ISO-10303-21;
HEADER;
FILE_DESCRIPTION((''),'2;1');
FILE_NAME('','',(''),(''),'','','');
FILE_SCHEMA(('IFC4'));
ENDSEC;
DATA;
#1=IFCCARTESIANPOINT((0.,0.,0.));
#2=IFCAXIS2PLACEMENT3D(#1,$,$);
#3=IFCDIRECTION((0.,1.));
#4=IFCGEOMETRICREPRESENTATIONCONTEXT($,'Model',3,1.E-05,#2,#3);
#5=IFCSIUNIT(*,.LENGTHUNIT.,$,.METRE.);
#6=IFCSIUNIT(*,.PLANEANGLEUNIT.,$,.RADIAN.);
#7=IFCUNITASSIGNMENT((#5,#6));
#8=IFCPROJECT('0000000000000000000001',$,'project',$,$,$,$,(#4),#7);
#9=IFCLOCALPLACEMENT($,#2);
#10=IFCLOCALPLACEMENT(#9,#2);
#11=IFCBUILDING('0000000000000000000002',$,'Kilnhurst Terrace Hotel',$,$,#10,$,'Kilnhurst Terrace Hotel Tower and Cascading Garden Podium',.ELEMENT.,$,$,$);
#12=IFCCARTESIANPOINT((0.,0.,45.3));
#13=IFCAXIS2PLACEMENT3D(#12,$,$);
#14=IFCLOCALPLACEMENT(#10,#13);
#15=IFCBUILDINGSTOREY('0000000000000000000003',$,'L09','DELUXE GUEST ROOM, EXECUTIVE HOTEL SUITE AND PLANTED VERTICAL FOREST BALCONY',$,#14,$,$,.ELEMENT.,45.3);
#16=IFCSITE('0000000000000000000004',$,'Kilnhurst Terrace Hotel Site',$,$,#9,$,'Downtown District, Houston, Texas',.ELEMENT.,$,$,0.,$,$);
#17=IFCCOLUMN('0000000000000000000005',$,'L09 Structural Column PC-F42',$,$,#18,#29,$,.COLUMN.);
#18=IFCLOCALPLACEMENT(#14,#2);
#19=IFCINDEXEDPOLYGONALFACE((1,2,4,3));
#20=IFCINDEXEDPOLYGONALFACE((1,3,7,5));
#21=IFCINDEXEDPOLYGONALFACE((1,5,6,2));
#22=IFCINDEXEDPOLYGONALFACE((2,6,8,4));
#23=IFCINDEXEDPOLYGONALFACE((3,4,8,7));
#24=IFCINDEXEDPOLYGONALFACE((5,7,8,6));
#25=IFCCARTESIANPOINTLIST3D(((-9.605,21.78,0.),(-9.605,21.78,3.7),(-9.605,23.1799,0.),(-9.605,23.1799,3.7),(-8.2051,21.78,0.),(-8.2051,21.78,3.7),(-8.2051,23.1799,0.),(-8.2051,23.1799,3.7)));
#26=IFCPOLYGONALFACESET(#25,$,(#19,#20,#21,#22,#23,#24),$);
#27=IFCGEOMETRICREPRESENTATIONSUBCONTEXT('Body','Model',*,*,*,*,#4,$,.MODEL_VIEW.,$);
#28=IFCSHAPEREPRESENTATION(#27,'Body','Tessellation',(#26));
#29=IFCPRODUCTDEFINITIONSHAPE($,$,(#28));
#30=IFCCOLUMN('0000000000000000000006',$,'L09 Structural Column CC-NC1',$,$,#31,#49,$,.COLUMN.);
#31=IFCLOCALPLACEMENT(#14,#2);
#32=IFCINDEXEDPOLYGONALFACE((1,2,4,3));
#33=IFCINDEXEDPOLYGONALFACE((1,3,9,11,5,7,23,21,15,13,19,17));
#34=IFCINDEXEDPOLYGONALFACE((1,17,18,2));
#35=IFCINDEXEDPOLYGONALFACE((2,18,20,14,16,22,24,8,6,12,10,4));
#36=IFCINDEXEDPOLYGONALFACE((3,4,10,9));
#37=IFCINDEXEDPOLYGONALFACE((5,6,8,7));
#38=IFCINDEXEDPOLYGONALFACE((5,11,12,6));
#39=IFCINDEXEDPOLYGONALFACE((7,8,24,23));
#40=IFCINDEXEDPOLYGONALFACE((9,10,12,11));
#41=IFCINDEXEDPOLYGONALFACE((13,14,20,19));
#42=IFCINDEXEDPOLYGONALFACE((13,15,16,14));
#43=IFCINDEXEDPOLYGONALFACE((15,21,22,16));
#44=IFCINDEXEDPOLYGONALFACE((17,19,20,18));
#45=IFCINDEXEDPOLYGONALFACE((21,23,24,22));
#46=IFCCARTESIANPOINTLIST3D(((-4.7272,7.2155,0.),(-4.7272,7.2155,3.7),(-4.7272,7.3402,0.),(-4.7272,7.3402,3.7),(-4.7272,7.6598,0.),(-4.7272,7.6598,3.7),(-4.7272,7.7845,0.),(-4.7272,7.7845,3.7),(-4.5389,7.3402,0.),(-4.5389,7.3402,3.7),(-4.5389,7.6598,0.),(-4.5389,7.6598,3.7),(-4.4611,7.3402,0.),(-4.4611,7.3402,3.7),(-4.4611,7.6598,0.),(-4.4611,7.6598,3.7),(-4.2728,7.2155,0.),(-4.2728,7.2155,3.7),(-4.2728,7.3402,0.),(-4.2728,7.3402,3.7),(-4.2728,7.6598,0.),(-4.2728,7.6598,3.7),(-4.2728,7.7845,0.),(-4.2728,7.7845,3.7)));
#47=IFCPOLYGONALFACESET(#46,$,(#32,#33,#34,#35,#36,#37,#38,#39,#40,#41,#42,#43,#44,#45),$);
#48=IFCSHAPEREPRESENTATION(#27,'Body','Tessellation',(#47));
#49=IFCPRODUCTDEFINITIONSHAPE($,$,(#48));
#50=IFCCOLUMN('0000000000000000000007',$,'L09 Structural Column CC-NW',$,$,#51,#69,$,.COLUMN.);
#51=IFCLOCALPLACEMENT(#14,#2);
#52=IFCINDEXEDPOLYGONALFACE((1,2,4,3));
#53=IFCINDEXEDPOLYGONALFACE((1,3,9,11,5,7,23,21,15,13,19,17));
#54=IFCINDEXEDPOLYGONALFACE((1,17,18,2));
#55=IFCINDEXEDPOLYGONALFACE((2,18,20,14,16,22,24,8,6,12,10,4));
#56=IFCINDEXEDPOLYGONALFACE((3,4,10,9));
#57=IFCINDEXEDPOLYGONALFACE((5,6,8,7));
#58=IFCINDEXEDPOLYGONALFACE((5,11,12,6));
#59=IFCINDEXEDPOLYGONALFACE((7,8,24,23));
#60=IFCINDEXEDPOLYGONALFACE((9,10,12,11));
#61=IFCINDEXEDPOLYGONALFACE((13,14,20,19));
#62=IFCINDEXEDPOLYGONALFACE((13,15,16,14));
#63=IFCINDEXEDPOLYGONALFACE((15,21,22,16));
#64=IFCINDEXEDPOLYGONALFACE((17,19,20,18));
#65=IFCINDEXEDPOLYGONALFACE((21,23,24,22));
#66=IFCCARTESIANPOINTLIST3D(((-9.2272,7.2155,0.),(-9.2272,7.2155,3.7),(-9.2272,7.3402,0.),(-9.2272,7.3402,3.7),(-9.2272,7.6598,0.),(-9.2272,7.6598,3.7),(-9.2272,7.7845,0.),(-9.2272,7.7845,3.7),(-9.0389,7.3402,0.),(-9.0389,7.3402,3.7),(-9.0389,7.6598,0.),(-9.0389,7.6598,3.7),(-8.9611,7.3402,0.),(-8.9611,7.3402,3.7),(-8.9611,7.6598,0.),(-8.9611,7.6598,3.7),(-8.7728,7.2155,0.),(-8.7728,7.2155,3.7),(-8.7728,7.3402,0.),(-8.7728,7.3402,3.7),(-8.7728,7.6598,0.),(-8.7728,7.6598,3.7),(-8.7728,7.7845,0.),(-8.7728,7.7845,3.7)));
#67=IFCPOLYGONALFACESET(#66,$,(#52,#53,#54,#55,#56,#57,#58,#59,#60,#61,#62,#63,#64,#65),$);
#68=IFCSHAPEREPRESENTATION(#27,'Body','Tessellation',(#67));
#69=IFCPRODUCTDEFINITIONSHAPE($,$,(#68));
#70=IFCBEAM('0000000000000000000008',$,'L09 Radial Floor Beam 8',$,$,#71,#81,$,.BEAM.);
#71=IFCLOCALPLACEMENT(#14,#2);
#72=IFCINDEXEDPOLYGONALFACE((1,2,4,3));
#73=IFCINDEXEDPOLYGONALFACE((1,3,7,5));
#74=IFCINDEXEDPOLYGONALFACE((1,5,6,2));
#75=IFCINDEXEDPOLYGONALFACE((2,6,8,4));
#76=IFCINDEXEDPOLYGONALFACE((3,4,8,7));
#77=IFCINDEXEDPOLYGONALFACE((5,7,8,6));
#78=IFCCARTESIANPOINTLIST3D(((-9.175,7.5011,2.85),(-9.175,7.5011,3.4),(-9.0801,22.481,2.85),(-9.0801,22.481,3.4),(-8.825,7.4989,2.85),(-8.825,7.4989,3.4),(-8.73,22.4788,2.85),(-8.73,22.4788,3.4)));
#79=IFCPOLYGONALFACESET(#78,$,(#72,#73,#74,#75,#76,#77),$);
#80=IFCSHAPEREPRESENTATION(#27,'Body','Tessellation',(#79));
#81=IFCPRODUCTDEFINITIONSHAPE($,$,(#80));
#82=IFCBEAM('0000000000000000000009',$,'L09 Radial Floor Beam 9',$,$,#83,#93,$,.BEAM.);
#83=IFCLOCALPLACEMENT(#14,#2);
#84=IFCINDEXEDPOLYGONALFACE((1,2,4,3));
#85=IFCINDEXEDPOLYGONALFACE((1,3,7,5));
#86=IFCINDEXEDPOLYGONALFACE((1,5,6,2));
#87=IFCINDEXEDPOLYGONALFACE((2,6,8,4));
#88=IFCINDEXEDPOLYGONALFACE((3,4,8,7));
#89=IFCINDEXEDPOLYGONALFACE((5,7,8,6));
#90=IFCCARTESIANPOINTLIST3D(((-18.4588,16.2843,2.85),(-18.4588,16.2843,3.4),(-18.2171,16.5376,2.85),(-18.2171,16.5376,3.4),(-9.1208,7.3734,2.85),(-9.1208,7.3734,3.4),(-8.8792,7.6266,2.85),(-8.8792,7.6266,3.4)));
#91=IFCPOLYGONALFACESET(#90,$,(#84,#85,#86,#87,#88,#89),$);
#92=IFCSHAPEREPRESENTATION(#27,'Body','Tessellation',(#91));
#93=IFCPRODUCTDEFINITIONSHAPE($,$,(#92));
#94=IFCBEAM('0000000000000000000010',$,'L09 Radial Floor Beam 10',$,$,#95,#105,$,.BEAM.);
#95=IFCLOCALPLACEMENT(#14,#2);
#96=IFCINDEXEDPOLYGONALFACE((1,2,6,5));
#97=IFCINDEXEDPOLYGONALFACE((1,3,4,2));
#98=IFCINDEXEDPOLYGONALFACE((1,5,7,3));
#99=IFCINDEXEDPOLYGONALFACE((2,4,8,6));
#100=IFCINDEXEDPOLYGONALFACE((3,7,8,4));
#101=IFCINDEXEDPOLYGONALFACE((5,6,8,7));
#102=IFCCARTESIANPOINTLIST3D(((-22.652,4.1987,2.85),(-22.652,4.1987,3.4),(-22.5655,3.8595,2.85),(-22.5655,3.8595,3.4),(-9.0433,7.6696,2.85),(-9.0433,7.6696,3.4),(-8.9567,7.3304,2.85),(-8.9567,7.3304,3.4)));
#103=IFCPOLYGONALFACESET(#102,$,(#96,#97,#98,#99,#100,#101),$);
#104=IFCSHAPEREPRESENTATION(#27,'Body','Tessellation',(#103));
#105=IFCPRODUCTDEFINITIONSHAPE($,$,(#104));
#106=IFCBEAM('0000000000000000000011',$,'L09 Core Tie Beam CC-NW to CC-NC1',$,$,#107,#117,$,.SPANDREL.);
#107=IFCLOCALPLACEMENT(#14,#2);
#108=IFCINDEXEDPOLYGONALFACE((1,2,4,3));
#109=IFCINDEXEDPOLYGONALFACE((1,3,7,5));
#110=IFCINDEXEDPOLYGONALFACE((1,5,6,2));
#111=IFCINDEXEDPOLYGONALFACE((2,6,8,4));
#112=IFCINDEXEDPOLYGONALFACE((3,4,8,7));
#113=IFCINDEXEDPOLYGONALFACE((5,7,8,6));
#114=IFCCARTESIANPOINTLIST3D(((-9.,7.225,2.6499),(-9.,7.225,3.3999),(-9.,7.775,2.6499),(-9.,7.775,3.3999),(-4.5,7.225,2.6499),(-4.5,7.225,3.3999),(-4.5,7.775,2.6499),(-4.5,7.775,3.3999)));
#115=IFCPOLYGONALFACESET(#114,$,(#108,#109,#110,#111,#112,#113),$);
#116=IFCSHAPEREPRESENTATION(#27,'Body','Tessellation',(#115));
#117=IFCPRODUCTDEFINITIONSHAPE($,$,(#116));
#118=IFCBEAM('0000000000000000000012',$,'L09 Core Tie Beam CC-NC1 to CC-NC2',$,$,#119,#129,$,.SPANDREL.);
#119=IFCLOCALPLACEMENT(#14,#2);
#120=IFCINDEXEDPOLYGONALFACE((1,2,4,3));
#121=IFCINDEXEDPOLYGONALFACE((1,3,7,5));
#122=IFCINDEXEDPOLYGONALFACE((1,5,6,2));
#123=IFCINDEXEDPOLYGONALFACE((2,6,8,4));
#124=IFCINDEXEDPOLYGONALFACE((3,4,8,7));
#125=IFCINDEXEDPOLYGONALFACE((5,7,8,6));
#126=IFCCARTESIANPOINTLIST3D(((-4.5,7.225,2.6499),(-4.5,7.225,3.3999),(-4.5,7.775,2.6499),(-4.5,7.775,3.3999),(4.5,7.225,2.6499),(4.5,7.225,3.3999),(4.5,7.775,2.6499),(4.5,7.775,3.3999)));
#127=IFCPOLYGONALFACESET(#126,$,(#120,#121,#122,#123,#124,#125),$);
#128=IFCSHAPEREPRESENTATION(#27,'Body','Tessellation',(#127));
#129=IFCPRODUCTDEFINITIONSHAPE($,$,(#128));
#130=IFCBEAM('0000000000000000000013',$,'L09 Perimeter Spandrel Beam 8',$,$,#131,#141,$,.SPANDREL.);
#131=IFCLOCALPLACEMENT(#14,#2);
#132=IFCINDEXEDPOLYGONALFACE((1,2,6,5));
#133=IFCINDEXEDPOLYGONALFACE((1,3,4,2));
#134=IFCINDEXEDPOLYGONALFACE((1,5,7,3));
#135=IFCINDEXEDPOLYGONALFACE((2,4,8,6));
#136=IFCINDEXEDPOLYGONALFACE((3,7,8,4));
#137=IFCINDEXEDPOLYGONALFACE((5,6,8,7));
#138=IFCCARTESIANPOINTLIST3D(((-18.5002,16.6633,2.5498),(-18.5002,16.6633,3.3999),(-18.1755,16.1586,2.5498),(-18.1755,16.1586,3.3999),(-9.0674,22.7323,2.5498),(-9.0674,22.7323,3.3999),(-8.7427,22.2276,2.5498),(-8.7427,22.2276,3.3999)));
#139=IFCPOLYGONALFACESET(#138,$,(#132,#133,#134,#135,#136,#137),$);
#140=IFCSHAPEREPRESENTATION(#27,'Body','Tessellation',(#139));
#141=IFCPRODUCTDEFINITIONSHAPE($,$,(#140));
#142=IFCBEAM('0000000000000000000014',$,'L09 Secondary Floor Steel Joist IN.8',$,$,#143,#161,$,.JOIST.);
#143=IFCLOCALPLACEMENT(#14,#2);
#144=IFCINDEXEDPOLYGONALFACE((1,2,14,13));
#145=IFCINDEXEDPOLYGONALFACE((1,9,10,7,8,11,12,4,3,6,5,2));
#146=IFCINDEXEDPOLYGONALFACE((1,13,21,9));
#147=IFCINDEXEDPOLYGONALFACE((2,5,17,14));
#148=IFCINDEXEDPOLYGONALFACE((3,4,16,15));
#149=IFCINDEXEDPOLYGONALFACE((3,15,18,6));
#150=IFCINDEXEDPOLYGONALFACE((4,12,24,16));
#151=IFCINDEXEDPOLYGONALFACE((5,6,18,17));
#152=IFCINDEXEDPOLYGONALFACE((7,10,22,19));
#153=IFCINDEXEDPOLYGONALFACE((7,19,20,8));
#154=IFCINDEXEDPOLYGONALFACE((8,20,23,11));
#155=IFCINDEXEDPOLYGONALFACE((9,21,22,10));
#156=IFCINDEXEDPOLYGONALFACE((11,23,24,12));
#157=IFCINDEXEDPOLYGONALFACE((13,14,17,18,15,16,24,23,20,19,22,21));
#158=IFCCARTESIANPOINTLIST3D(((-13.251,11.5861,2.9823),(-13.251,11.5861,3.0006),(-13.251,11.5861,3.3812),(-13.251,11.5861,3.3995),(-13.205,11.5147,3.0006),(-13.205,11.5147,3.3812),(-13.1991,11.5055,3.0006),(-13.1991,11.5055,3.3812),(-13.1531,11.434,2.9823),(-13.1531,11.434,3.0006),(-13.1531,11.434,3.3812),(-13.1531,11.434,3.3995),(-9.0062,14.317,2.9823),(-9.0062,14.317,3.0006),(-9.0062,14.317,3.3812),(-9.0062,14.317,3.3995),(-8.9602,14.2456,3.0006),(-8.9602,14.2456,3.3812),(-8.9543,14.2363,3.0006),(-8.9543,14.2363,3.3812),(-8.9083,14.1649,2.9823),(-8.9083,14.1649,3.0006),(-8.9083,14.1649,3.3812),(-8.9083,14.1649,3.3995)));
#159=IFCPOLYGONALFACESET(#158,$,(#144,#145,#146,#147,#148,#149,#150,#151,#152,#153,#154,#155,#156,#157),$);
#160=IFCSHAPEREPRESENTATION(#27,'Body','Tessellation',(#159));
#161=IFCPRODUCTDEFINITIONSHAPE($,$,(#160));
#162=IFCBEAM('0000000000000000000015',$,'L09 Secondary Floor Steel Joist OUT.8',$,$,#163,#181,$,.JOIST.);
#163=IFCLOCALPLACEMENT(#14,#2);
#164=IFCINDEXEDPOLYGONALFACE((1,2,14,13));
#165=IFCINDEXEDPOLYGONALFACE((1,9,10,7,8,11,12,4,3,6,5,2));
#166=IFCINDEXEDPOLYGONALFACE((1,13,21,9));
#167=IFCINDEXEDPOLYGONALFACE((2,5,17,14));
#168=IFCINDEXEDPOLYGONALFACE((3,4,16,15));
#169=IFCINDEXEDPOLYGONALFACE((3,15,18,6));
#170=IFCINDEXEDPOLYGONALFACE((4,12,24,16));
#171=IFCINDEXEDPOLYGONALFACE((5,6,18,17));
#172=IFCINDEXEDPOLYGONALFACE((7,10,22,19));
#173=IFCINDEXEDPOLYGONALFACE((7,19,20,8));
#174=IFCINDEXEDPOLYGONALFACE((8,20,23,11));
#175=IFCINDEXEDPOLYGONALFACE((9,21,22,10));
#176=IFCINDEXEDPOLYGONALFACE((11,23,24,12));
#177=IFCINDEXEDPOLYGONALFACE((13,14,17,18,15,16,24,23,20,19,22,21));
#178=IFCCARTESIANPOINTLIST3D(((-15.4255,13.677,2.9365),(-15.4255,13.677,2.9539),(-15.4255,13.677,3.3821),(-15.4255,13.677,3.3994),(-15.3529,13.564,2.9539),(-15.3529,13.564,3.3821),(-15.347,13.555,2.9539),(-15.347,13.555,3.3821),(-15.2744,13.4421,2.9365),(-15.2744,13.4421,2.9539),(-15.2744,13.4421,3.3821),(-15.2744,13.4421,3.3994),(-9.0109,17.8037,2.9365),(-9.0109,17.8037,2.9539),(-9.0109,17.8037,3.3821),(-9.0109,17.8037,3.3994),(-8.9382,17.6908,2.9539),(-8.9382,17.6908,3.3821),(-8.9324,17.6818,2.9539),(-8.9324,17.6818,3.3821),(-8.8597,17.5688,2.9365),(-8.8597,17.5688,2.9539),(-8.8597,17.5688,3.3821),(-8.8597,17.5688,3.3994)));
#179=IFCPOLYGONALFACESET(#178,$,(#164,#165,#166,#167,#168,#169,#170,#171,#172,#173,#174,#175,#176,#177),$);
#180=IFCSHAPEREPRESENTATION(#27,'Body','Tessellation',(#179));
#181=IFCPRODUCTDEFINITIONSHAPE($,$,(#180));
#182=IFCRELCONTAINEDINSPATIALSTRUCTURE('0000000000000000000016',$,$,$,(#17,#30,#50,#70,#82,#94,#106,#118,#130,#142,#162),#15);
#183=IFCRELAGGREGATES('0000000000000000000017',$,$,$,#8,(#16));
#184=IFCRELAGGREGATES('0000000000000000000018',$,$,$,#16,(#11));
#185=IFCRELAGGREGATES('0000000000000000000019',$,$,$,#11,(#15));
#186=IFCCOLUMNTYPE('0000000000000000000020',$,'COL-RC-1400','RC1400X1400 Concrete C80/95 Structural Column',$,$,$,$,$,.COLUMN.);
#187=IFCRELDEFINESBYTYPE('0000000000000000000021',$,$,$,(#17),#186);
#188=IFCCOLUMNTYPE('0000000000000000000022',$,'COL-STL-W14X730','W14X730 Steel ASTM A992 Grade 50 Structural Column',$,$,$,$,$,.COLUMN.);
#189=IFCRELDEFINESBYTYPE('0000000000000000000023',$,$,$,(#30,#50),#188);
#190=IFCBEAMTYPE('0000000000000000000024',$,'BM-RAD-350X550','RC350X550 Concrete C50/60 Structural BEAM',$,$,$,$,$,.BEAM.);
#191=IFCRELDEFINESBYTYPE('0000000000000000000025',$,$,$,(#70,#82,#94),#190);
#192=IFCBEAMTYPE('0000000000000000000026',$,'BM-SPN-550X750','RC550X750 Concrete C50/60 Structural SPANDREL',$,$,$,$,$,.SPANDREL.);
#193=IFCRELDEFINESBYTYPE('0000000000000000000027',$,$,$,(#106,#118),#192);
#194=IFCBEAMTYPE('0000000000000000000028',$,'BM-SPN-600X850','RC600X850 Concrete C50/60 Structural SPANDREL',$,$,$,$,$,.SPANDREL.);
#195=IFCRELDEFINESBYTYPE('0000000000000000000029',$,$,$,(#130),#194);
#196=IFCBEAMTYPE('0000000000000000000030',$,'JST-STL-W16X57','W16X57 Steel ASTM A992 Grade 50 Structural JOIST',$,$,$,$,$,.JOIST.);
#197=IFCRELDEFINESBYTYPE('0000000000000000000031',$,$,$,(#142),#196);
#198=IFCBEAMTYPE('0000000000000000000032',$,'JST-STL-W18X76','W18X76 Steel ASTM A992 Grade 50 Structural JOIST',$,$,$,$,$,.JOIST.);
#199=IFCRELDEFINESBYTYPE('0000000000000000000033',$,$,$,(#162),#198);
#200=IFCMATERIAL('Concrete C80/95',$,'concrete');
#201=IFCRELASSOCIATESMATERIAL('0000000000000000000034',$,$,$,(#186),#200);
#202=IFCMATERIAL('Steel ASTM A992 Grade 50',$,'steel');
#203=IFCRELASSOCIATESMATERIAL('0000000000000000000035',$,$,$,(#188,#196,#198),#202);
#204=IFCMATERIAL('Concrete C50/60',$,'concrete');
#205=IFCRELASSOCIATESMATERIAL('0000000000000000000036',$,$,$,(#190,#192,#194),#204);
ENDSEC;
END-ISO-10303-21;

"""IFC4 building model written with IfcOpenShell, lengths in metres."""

from ifc_helpers import new_model, si_unit, direction, frame, origin, origin_2d, place, context, subcontext, project, spatial, rectangle, i_section, extrude, material, material_profile, profile_set, type_object, element, save


model = new_model("IFC4")

# Units and contexts
model_context = context("Model", 3, precision=1e-05, world=origin(), true_north=direction((0.0, 1.0)))
body_context = subcontext(model_context, "Body", "Model", "MODEL_VIEW")
ifc_project = project(units=[si_unit("LENGTHUNIT", "METRE"), si_unit("PLANEANGLEUNIT", "RADIAN")], contexts=[model_context])

# Site, building, storey
site_placement = place(None, origin())
site = spatial("IfcSite", under=ifc_project, at=site_placement, Name="Kilnhurst Terrace Hotel Site", LongName="Downtown District, Houston, Texas", CompositionType="ELEMENT", RefElevation=0.0)
building_placement = place(site_placement, origin())
building = spatial("IfcBuilding", under=site, at=building_placement, Name="Kilnhurst Terrace Hotel", LongName="Kilnhurst Terrace Hotel Tower and Cascading Garden Podium", CompositionType="ELEMENT")
storey_placement = place(building_placement, frame((0.0, 0.0, 45.3)))
storey = spatial("IfcBuildingStorey", under=building, at=storey_placement, Name="L09", Description="DELUXE GUEST ROOM, EXECUTIVE HOTEL SUITE AND PLANTED VERTICAL FOREST BALCONY", CompositionType="ELEMENT", Elevation=45.3)

# Columns
ifc_material_1 = material(Name="Concrete C80/95", Category="concrete")
ifc_material_profile_1 = material_profile(ifc_material_1, rectangle(XDim=1.3999, YDim=1.3999, at=origin_2d()), Name="RC1400X1400")
ifc_profile_set_1 = profile_set([ifc_material_profile_1], Name="Concrete C80/95")
column_type_1 = type_object("IfcColumnType", Name="COL-RC-1400", Description="RC1400X1400 Concrete C80/95 Structural Column", PredefinedType="COLUMN", material=ifc_profile_set_1)
column_placement = place(storey_placement, frame((-8.905, 22.48, 0.0), z_axis=(0.0, 0.0, 1.0), x_axis=(1.0, 0.0, 0.0)))
element("IfcColumn", 1, at=column_placement, inside=storey, type_object=column_type_1, Name="L09 Structural Column PC-F42", PredefinedType="COLUMN", context=body_context, shape_type="SweptSolid", body=[
    extrude(rectangle(XDim=1.3999, YDim=1.3999, at=origin_2d()), origin(), (0.0, 0.0, 1.0), 3.7),
])
ifc_material_2 = material(Name="Steel ASTM A992 Grade 50", Category="steel")
ifc_material_profile_2 = material_profile(ifc_material_2, i_section(OverallWidth=0.4543, OverallDepth=0.5691, WebThickness=0.0779, FlangeThickness=0.1248, at=origin_2d()), Name="W14X730")
ifc_profile_set_2 = profile_set([ifc_material_profile_2], Name="Steel ASTM A992 Grade 50")
column_type_2 = type_object("IfcColumnType", Name="COL-STL-W14X730", Description="W14X730 Steel ASTM A992 Grade 50 Structural Column", PredefinedType="COLUMN", material=ifc_profile_set_2)
for number, where, z_axis, x_axis, name in (
    (2, (-4.5, 7.5, 0.0), (0.0, 0.0, 1.0), (1.0, 0.0, 0.0), "L09 Structural Column CC-NC1"),
    (3, (-9.0, 7.5, 0.0), (0.0, 0.0, 1.0), (1.0, 0.0, 0.0), "L09 Structural Column CC-NW"),
):
    element("IfcColumn", number, at=place(storey_placement, frame(where, z_axis=z_axis, x_axis=x_axis)), inside=storey, type_object=column_type_2, Name=name, PredefinedType="COLUMN", context=body_context, shape_type="SweptSolid", body=[
        extrude(i_section(OverallWidth=0.4543, OverallDepth=0.5691, WebThickness=0.0779, FlangeThickness=0.1248, at=origin_2d()), origin(), (0.0, 0.0, 1.0), 3.7),
    ])

# Beams
ifc_material_3 = material(Name="Concrete C50/60", Category="concrete")
ifc_material_profile_3 = material_profile(ifc_material_3, rectangle(XDim=0.3501, YDim=0.55, at=origin_2d()), Name="RC350X550")
ifc_profile_set_3 = profile_set([ifc_material_profile_3], Name="Concrete C50/60")
beam_type_1 = type_object("IfcBeamType", Name="BM-RAD-350X550", Description="RC350X550 Concrete C50/60 Structural BEAM", PredefinedType="BEAM", material=ifc_profile_set_3)
beam_1_placement = place(storey_placement, frame((-9.0, 7.5, 3.125), z_axis=(0.00634, 0.99998, 0.0), x_axis=(-0.99998, 0.00634, 0.0)))
element("IfcBeam", 4, at=beam_1_placement, inside=storey, type_object=beam_type_1, Name="L09 Radial Floor Beam 8", PredefinedType="BEAM", context=body_context, shape_type="SweptSolid", body=[
    extrude(rectangle(XDim=0.3501, YDim=0.55, at=origin_2d()), origin(), (0.0, 0.0, 1.0), 14.9802),
])
beam_2_placement = place(storey_placement, frame((-9.0, 7.5, 3.125), z_axis=(-0.723454, 0.690372, 0.0), x_axis=(-0.690372, -0.723454, 0.0)))
element("IfcBeam", 5, at=beam_2_placement, inside=storey, type_object=beam_type_1, Name="L09 Radial Floor Beam 9", PredefinedType="BEAM", context=body_context, shape_type="SweptSolid", body=[
    extrude(rectangle(XDim=0.3501, YDim=0.55, at=origin_2d()), origin(), (0.0, 0.0, 1.0), 12.9075),
])
beam_3_placement = place(storey_placement, frame((-9.0, 7.5, 3.125), z_axis=(-0.96898, -0.247138, 0.0), x_axis=(0.247138, -0.96898, 0.0)))
element("IfcBeam", 6, at=beam_3_placement, inside=storey, type_object=beam_type_1, Name="L09 Radial Floor Beam 10", PredefinedType="BEAM", context=body_context, shape_type="SweptSolid", body=[
    extrude(rectangle(XDim=0.3501, YDim=0.55, at=origin_2d()), origin(), (0.0, 0.0, 1.0), 14.0444),
])
ifc_material_profile_4 = material_profile(ifc_material_3, rectangle(XDim=0.55, YDim=0.75, at=origin_2d()), Name="RC550X750")
ifc_profile_set_4 = profile_set([ifc_material_profile_4], Name="Concrete C50/60")
beam_type_2 = type_object("IfcBeamType", Name="BM-SPN-550X750", Description="RC550X750 Concrete C50/60 Structural SPANDREL", PredefinedType="SPANDREL", material=ifc_profile_set_4)
beam_4_placement = place(storey_placement, frame((-9.0, 7.5, 3.0249), z_axis=(1.0, 0.0, 0.0), x_axis=(0.0, 1.0, 0.0)))
element("IfcBeam", 7, at=beam_4_placement, inside=storey, type_object=beam_type_2, Name="L09 Core Tie Beam CC-NW to CC-NC1", PredefinedType="SPANDREL", context=body_context, shape_type="SweptSolid", body=[
    extrude(rectangle(XDim=0.55, YDim=0.75, at=origin_2d()), origin(), (0.0, 0.0, 1.0), 4.5),
])
beam_5_placement = place(storey_placement, frame((-4.5, 7.5, 3.0249), z_axis=(1.0, 0.0, 0.0), x_axis=(0.0, 1.0, 0.0)))
element("IfcBeam", 8, at=beam_5_placement, inside=storey, type_object=beam_type_2, Name="L09 Core Tie Beam CC-NC1 to CC-NC2", PredefinedType="SPANDREL", context=body_context, shape_type="SweptSolid", body=[
    extrude(rectangle(XDim=0.55, YDim=0.75, at=origin_2d()), origin(), (0.0, 0.0, 1.0), 9.0),
])
ifc_material_profile_5 = material_profile(ifc_material_3, rectangle(XDim=0.6001, YDim=0.8501, at=origin_2d()), Name="RC600X850")
ifc_profile_set_5 = profile_set([ifc_material_profile_5], Name="Concrete C50/60")
beam_type_3 = type_object("IfcBeamType", Name="BM-SPN-600X850", Description="RC600X850 Concrete C50/60 Structural SPANDREL", PredefinedType="SPANDREL", material=ifc_profile_set_5)
beam_6_placement = place(storey_placement, frame((-8.905, 22.48, 2.9749), z_axis=(-0.840971, -0.54108, 0.0), x_axis=(0.54108, -0.840971, 0.0)))
element("IfcBeam", 9, at=beam_6_placement, inside=storey, type_object=beam_type_3, Name="L09 Perimeter Spandrel Beam 8", PredefinedType="SPANDREL", context=body_context, shape_type="SweptSolid", body=[
    extrude(rectangle(XDim=0.6001, YDim=0.8501, at=origin_2d()), origin(), (0.0, 0.0, 1.0), 11.2166),
])
ifc_material_profile_6 = material_profile(ifc_material_2, i_section(OverallWidth=0.1809, OverallDepth=0.4172, WebThickness=0.011, FlangeThickness=0.0183, at=origin_2d()), Name="W16X57")
ifc_profile_set_6 = profile_set([ifc_material_profile_6], Name="Steel ASTM A992 Grade 50")
beam_type_4 = type_object("IfcBeamType", Name="JST-STL-W16X57", Description="W16X57 Steel ASTM A992 Grade 50 Structural JOIST", PredefinedType="JOIST", material=ifc_profile_set_6)
beam_7_placement = place(storey_placement, frame((-8.9573, 14.241, 3.1909), z_axis=(-0.840988, -0.541053, 0.0), x_axis=(0.541053, -0.840988, 0.0)))
element("IfcBeam", 10, at=beam_7_placement, inside=storey, type_object=beam_type_4, Name="L09 Secondary Floor Steel Joist IN.8", PredefinedType="JOIST", context=body_context, shape_type="SweptSolid", body=[
    extrude(i_section(OverallWidth=0.1809, OverallDepth=0.4172, WebThickness=0.011, FlangeThickness=0.0183, at=origin_2d()), origin(), (0.0, 0.0, 1.0), 5.0474),
])
ifc_material_profile_7 = material_profile(ifc_material_2, i_section(OverallWidth=0.2793, OverallDepth=0.4629, WebThickness=0.0107, FlangeThickness=0.0173, at=origin_2d()), Name="W18X76")
ifc_profile_set_7 = profile_set([ifc_material_profile_7], Name="Steel ASTM A992 Grade 50")
beam_type_5 = type_object("IfcBeamType", Name="JST-STL-W18X76", Description="W18X76 Steel ASTM A992 Grade 50 Structural JOIST", PredefinedType="JOIST", material=ifc_profile_set_7)
beam_8_placement = place(storey_placement, frame((-8.9353, 17.6863, 3.168), z_axis=(-0.840995, -0.541042, 0.0), x_axis=(0.541042, -0.840995, 0.0)))
element("IfcBeam", 11, at=beam_8_placement, inside=storey, type_object=beam_type_5, Name="L09 Secondary Floor Steel Joist OUT.8", PredefinedType="JOIST", context=body_context, shape_type="SweptSolid", body=[
    extrude(i_section(OverallWidth=0.2793, OverallDepth=0.4629, WebThickness=0.0107, FlangeThickness=0.0173, at=origin_2d()), origin(), (0.0, 0.0, 1.0), 7.6274),
])

save(model, "model.ifc")
